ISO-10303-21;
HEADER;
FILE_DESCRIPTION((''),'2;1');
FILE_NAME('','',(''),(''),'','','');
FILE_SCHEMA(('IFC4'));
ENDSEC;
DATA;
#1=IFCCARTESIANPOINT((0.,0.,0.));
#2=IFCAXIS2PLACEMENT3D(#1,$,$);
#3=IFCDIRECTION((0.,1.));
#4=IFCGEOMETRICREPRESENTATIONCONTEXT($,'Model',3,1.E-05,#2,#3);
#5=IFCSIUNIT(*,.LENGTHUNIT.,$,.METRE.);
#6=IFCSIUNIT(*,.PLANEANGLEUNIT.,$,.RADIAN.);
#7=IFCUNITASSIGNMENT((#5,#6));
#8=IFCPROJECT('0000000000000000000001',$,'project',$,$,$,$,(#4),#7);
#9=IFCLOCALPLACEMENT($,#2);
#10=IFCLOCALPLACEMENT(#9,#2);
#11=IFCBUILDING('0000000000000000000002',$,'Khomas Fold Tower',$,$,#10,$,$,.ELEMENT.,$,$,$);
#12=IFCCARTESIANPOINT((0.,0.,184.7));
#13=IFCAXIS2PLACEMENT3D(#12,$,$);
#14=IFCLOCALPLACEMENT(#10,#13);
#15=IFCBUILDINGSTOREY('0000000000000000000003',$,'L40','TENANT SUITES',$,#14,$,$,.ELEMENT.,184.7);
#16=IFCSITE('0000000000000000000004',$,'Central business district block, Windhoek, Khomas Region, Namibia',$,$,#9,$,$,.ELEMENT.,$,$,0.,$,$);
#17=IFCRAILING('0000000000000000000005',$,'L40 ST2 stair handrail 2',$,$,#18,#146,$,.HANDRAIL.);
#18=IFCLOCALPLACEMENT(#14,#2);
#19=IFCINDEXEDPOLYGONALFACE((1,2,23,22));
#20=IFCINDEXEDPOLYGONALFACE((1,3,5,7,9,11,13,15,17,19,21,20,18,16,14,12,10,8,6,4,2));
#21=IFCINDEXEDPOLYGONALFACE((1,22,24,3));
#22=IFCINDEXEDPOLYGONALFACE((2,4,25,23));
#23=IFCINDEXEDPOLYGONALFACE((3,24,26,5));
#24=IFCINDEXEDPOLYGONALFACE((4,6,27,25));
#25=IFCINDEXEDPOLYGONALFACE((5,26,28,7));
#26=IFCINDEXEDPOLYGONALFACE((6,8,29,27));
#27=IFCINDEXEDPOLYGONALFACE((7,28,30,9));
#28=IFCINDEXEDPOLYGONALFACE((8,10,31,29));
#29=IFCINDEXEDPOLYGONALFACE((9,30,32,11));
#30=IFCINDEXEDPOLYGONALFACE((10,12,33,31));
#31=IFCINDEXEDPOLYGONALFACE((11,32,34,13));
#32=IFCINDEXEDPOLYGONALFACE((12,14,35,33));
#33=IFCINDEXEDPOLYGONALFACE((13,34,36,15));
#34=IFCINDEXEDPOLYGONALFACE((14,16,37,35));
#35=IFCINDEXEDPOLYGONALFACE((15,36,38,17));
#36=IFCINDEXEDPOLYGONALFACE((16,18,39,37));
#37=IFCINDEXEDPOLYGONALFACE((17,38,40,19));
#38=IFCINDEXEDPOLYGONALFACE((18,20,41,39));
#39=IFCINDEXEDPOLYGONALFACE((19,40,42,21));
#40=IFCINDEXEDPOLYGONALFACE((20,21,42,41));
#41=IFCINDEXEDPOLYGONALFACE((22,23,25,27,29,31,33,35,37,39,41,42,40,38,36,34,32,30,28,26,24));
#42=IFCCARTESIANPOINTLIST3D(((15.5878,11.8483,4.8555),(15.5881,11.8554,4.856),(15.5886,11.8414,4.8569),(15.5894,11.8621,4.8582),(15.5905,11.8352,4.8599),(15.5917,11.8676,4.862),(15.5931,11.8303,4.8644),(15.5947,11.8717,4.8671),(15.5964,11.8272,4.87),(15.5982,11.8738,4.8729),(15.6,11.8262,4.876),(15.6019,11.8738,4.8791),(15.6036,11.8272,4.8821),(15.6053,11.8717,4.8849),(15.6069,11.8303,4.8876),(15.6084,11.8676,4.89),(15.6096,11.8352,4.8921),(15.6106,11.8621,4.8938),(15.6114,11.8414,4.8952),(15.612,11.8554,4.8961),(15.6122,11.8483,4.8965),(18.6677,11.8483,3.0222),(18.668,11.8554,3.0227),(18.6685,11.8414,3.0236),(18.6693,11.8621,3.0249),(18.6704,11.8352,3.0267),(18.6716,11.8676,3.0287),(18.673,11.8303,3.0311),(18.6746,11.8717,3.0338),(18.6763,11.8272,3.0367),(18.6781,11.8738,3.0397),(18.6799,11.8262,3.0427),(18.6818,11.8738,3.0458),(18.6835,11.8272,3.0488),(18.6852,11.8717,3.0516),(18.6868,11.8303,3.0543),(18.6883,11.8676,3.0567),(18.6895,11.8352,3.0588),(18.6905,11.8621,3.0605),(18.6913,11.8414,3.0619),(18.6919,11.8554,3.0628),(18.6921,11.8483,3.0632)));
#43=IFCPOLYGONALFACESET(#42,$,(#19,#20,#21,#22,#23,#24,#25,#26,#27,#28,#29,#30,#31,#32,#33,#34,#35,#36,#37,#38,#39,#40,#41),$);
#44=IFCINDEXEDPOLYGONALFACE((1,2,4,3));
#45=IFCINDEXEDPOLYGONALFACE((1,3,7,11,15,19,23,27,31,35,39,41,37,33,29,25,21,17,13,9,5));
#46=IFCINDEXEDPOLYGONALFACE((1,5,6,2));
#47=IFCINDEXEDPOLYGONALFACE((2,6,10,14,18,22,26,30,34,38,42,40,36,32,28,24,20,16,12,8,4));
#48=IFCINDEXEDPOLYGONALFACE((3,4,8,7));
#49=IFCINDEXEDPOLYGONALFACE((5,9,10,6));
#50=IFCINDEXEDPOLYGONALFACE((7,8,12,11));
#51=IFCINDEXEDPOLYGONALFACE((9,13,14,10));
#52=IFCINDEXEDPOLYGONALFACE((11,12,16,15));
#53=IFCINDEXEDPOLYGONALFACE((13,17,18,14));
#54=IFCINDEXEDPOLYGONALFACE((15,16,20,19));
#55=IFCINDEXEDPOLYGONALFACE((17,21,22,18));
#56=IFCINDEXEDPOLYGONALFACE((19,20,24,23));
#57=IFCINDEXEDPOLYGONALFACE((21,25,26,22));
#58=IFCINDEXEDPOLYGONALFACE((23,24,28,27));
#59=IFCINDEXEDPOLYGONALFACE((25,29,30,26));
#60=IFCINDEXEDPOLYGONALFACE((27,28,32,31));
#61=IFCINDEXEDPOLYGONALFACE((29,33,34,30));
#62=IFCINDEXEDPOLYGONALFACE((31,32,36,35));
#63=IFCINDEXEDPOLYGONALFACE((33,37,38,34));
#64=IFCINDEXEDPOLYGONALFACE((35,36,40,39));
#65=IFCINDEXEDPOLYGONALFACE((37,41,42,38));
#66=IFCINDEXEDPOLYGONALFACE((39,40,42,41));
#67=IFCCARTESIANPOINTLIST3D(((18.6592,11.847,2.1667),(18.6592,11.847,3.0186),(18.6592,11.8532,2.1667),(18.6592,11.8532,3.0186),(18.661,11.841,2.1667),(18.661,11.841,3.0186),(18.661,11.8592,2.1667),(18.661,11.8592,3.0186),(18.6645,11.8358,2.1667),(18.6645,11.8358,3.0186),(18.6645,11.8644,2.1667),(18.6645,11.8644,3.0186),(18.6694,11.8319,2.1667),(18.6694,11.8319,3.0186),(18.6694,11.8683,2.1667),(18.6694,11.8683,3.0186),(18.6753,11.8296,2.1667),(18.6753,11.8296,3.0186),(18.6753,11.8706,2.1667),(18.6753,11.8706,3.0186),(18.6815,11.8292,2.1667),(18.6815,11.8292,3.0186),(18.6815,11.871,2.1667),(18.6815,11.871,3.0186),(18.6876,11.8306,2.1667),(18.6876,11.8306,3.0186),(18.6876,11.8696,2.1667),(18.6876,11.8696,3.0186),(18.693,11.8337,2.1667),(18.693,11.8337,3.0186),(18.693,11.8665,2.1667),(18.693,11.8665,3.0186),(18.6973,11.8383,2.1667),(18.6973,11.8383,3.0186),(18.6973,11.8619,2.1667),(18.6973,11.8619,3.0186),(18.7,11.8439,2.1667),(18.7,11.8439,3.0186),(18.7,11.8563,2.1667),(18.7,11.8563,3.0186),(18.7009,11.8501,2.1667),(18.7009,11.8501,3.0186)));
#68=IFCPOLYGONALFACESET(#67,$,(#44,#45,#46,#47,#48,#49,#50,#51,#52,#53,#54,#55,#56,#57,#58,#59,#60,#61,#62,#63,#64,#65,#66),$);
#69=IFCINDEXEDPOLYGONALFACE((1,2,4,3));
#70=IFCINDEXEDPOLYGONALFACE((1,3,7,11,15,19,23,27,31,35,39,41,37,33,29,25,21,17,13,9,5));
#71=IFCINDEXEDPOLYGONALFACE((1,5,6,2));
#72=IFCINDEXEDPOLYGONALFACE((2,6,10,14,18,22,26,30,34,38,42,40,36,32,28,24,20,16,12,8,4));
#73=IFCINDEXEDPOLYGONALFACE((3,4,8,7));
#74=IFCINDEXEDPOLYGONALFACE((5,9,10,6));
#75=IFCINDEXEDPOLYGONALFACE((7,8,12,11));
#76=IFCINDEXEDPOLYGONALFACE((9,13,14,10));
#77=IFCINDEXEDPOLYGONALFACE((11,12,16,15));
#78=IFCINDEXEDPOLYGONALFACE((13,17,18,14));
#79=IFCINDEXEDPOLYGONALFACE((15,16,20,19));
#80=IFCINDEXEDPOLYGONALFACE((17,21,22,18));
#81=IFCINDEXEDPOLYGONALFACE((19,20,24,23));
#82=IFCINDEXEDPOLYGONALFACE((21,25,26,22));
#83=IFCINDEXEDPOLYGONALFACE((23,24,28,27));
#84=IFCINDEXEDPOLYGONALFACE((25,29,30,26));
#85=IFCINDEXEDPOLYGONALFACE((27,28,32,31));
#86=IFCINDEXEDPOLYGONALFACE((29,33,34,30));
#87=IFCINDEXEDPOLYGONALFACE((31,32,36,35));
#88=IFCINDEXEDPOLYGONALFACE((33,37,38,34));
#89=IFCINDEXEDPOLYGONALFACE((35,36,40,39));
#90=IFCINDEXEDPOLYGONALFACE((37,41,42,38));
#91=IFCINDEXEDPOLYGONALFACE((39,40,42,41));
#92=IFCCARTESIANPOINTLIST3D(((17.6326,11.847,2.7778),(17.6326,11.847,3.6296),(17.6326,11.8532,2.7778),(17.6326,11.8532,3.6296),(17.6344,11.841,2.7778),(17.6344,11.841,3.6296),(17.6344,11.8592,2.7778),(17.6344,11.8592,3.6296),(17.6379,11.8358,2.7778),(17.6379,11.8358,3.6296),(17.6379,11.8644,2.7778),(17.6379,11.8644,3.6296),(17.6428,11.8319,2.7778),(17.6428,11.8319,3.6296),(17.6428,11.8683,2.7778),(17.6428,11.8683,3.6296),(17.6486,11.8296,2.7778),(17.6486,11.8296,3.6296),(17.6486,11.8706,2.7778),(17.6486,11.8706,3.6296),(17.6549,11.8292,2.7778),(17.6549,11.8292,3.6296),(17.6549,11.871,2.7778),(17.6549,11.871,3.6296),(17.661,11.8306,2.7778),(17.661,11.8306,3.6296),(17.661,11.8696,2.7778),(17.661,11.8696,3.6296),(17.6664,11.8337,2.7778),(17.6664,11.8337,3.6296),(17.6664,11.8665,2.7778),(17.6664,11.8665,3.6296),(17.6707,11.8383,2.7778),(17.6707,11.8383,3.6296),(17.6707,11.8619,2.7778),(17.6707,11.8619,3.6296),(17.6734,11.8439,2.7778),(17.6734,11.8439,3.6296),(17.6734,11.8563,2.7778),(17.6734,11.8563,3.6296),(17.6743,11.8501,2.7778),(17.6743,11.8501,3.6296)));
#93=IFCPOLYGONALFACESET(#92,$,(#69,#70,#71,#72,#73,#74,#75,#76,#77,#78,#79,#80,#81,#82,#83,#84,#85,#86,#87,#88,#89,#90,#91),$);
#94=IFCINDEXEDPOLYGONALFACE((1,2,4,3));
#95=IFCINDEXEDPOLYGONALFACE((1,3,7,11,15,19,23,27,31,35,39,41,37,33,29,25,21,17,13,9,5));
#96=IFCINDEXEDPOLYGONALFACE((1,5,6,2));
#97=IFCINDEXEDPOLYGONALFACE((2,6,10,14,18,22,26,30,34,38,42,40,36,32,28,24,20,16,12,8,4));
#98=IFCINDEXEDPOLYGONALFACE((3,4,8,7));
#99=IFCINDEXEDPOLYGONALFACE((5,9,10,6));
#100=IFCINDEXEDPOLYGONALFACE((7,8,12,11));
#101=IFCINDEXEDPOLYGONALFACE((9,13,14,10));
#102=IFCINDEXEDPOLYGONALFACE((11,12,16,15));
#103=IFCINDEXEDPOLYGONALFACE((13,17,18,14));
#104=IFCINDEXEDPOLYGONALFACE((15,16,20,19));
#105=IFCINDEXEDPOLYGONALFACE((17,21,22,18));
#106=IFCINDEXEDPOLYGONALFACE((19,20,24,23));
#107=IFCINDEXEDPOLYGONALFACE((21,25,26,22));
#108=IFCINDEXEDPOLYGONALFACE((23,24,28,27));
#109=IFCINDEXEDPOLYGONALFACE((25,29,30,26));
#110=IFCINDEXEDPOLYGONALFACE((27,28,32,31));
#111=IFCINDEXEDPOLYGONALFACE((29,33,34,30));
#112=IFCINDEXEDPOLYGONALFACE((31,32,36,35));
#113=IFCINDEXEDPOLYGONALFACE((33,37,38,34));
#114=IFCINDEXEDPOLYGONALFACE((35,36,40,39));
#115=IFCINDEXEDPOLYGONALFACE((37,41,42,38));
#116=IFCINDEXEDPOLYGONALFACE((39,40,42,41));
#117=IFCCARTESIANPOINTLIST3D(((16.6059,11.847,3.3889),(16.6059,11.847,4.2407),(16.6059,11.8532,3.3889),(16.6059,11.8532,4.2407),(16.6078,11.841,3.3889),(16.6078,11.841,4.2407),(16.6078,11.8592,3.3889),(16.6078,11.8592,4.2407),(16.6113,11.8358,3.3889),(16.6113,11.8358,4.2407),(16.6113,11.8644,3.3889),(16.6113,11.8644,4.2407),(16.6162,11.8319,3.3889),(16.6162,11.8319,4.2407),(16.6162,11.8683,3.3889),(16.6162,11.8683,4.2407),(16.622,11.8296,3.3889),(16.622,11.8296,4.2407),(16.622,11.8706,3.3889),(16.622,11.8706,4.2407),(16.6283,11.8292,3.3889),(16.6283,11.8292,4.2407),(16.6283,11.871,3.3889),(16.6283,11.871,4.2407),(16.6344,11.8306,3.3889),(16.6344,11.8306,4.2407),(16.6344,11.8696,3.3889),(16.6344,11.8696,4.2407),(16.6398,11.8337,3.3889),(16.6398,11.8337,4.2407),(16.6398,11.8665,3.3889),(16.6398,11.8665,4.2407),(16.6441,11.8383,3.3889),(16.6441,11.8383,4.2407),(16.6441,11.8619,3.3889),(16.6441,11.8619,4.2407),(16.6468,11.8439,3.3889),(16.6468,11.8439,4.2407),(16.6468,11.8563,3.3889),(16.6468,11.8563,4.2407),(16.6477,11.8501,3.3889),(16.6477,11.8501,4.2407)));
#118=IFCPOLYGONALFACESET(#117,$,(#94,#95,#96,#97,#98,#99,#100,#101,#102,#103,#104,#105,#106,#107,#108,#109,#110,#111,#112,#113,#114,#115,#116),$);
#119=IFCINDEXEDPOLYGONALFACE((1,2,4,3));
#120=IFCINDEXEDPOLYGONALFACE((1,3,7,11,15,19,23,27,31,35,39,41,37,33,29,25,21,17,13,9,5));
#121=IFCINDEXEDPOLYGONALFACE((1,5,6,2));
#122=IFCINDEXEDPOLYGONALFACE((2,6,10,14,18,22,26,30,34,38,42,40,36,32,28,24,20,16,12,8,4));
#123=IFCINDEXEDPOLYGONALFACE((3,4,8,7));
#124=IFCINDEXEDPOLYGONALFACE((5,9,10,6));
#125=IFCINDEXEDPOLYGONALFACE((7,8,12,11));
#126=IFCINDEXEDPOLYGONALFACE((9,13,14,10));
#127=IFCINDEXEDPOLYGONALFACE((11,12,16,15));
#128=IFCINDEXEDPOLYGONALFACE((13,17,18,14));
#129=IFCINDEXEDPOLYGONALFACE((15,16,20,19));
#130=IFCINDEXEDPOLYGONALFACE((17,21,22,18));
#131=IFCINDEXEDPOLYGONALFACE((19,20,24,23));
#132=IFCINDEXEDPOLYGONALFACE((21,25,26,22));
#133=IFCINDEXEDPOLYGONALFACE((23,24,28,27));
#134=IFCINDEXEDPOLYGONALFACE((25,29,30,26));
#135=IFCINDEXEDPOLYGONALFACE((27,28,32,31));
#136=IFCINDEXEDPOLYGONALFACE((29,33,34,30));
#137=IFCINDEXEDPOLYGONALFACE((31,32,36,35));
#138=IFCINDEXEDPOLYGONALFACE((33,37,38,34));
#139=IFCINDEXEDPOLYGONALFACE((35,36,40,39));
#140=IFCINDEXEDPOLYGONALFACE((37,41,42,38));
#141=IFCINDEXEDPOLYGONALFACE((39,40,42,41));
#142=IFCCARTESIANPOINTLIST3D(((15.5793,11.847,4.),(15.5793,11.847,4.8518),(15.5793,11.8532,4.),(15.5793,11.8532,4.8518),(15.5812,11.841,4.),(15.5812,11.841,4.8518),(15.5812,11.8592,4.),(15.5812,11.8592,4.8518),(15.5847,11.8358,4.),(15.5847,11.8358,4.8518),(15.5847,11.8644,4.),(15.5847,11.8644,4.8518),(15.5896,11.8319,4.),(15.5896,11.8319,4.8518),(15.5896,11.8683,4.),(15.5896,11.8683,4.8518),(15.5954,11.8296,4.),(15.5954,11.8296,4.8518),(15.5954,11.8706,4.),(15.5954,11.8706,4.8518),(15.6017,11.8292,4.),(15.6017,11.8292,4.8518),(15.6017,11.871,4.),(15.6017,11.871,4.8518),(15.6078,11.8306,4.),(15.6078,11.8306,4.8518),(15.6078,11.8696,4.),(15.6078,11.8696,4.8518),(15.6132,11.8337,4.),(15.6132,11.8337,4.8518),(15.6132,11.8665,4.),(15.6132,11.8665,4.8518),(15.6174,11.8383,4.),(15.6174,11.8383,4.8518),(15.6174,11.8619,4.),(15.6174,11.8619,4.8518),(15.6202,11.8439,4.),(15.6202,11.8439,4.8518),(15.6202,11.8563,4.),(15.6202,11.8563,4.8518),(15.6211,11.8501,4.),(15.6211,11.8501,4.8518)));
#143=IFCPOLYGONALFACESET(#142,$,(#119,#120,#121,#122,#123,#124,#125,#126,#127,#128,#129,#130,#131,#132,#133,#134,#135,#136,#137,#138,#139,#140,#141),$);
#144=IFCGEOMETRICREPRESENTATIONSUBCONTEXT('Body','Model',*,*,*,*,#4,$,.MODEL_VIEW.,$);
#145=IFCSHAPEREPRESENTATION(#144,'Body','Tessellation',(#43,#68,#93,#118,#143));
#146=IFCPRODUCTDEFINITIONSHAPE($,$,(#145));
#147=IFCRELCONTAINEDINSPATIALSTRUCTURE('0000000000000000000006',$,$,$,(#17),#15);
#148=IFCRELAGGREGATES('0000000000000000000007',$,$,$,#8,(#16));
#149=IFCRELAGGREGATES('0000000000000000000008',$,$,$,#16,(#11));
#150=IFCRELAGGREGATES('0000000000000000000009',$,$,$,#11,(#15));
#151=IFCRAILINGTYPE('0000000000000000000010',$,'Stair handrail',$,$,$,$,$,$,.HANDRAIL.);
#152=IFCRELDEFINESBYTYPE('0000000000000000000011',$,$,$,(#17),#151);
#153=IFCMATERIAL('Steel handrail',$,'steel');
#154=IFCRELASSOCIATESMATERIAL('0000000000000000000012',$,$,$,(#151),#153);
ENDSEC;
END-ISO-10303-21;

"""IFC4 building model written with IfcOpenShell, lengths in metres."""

from ifc_helpers import new_model, si_unit, direction, frame, origin, origin_2d, place, context, subcontext, project, spatial, circle, extrude, source, transform, mapped, material, type_object, element, save


model = new_model("IFC4")

# Units and contexts
model_context = context("Model", 3, precision=1e-05, world=origin(), true_north=direction((0.0, 1.0)))
body_context = subcontext(model_context, "Body", "Model", "MODEL_VIEW")
ifc_project = project(units=[si_unit("LENGTHUNIT", "METRE"), si_unit("PLANEANGLEUNIT", "RADIAN")], contexts=[model_context])

# Site, building, storey
site_placement = place(None, origin())
site = spatial("IfcSite", under=ifc_project, at=site_placement, Name="Central business district block, Windhoek, Khomas Region, Namibia", CompositionType="ELEMENT", RefElevation=0.0)
building_placement = place(site_placement, origin())
building = spatial("IfcBuilding", under=site, at=building_placement, Name="Khomas Fold Tower", CompositionType="ELEMENT")
storey_placement = place(building_placement, frame((0.0, 0.0, 184.7)))
storey = spatial("IfcBuildingStorey", under=building, at=storey_placement, Name="L40", Description="TENANT SUITES", CompositionType="ELEMENT", Elevation=184.7)

# Railing
ifc_material_1 = material(Name="Steel handrail", Category="steel")
railing_type_1 = type_object("IfcRailingType", Name="Stair handrail", PredefinedType="HANDRAIL", material=ifc_material_1)
shared_shape_1 = source(origin(), body_context, "Body", "SweptSolid", [
    extrude(circle(Radius=0.0239, at=origin_2d()), frame((0.0, 0.0, 0.876), z_axis=(-0.859291, 0.0, 0.511487), x_axis=(0.0, -1.0, 0.0)), (0.0, 0.0, 1.0), 3.5842),
    extrude(circle(Radius=0.021, at=origin_2d()), origin(), (0.0, 0.0, 1.0), 0.8518),
    extrude(circle(Radius=0.021, at=origin_2d()), frame((-1.0266, 0.0, 0.6111)), (0.0, 0.0, 1.0), 0.8518),
    extrude(circle(Radius=0.021, at=origin_2d()), frame((-2.0532, 0.0, 1.2222)), (0.0, 0.0, 1.0), 0.8518),
    extrude(circle(Radius=0.021, at=origin_2d()), frame((-3.0798, 0.0, 1.8333)), (0.0, 0.0, 1.0), 0.8518),
])
railing_1_placement = place(storey_placement, frame((18.6799, 11.8501, 2.1667)))
element("IfcRailing", 1, at=railing_1_placement, inside=storey, type_object=railing_type_1, Name="L40 ST2 stair handrail 2", PredefinedType="HANDRAIL", context=body_context, shape_type="MappedRepresentation", body=[
    mapped(shared_shape_1, transform((0.0, 0.0, 0.0))),
])

save(model, "model.ifc")
